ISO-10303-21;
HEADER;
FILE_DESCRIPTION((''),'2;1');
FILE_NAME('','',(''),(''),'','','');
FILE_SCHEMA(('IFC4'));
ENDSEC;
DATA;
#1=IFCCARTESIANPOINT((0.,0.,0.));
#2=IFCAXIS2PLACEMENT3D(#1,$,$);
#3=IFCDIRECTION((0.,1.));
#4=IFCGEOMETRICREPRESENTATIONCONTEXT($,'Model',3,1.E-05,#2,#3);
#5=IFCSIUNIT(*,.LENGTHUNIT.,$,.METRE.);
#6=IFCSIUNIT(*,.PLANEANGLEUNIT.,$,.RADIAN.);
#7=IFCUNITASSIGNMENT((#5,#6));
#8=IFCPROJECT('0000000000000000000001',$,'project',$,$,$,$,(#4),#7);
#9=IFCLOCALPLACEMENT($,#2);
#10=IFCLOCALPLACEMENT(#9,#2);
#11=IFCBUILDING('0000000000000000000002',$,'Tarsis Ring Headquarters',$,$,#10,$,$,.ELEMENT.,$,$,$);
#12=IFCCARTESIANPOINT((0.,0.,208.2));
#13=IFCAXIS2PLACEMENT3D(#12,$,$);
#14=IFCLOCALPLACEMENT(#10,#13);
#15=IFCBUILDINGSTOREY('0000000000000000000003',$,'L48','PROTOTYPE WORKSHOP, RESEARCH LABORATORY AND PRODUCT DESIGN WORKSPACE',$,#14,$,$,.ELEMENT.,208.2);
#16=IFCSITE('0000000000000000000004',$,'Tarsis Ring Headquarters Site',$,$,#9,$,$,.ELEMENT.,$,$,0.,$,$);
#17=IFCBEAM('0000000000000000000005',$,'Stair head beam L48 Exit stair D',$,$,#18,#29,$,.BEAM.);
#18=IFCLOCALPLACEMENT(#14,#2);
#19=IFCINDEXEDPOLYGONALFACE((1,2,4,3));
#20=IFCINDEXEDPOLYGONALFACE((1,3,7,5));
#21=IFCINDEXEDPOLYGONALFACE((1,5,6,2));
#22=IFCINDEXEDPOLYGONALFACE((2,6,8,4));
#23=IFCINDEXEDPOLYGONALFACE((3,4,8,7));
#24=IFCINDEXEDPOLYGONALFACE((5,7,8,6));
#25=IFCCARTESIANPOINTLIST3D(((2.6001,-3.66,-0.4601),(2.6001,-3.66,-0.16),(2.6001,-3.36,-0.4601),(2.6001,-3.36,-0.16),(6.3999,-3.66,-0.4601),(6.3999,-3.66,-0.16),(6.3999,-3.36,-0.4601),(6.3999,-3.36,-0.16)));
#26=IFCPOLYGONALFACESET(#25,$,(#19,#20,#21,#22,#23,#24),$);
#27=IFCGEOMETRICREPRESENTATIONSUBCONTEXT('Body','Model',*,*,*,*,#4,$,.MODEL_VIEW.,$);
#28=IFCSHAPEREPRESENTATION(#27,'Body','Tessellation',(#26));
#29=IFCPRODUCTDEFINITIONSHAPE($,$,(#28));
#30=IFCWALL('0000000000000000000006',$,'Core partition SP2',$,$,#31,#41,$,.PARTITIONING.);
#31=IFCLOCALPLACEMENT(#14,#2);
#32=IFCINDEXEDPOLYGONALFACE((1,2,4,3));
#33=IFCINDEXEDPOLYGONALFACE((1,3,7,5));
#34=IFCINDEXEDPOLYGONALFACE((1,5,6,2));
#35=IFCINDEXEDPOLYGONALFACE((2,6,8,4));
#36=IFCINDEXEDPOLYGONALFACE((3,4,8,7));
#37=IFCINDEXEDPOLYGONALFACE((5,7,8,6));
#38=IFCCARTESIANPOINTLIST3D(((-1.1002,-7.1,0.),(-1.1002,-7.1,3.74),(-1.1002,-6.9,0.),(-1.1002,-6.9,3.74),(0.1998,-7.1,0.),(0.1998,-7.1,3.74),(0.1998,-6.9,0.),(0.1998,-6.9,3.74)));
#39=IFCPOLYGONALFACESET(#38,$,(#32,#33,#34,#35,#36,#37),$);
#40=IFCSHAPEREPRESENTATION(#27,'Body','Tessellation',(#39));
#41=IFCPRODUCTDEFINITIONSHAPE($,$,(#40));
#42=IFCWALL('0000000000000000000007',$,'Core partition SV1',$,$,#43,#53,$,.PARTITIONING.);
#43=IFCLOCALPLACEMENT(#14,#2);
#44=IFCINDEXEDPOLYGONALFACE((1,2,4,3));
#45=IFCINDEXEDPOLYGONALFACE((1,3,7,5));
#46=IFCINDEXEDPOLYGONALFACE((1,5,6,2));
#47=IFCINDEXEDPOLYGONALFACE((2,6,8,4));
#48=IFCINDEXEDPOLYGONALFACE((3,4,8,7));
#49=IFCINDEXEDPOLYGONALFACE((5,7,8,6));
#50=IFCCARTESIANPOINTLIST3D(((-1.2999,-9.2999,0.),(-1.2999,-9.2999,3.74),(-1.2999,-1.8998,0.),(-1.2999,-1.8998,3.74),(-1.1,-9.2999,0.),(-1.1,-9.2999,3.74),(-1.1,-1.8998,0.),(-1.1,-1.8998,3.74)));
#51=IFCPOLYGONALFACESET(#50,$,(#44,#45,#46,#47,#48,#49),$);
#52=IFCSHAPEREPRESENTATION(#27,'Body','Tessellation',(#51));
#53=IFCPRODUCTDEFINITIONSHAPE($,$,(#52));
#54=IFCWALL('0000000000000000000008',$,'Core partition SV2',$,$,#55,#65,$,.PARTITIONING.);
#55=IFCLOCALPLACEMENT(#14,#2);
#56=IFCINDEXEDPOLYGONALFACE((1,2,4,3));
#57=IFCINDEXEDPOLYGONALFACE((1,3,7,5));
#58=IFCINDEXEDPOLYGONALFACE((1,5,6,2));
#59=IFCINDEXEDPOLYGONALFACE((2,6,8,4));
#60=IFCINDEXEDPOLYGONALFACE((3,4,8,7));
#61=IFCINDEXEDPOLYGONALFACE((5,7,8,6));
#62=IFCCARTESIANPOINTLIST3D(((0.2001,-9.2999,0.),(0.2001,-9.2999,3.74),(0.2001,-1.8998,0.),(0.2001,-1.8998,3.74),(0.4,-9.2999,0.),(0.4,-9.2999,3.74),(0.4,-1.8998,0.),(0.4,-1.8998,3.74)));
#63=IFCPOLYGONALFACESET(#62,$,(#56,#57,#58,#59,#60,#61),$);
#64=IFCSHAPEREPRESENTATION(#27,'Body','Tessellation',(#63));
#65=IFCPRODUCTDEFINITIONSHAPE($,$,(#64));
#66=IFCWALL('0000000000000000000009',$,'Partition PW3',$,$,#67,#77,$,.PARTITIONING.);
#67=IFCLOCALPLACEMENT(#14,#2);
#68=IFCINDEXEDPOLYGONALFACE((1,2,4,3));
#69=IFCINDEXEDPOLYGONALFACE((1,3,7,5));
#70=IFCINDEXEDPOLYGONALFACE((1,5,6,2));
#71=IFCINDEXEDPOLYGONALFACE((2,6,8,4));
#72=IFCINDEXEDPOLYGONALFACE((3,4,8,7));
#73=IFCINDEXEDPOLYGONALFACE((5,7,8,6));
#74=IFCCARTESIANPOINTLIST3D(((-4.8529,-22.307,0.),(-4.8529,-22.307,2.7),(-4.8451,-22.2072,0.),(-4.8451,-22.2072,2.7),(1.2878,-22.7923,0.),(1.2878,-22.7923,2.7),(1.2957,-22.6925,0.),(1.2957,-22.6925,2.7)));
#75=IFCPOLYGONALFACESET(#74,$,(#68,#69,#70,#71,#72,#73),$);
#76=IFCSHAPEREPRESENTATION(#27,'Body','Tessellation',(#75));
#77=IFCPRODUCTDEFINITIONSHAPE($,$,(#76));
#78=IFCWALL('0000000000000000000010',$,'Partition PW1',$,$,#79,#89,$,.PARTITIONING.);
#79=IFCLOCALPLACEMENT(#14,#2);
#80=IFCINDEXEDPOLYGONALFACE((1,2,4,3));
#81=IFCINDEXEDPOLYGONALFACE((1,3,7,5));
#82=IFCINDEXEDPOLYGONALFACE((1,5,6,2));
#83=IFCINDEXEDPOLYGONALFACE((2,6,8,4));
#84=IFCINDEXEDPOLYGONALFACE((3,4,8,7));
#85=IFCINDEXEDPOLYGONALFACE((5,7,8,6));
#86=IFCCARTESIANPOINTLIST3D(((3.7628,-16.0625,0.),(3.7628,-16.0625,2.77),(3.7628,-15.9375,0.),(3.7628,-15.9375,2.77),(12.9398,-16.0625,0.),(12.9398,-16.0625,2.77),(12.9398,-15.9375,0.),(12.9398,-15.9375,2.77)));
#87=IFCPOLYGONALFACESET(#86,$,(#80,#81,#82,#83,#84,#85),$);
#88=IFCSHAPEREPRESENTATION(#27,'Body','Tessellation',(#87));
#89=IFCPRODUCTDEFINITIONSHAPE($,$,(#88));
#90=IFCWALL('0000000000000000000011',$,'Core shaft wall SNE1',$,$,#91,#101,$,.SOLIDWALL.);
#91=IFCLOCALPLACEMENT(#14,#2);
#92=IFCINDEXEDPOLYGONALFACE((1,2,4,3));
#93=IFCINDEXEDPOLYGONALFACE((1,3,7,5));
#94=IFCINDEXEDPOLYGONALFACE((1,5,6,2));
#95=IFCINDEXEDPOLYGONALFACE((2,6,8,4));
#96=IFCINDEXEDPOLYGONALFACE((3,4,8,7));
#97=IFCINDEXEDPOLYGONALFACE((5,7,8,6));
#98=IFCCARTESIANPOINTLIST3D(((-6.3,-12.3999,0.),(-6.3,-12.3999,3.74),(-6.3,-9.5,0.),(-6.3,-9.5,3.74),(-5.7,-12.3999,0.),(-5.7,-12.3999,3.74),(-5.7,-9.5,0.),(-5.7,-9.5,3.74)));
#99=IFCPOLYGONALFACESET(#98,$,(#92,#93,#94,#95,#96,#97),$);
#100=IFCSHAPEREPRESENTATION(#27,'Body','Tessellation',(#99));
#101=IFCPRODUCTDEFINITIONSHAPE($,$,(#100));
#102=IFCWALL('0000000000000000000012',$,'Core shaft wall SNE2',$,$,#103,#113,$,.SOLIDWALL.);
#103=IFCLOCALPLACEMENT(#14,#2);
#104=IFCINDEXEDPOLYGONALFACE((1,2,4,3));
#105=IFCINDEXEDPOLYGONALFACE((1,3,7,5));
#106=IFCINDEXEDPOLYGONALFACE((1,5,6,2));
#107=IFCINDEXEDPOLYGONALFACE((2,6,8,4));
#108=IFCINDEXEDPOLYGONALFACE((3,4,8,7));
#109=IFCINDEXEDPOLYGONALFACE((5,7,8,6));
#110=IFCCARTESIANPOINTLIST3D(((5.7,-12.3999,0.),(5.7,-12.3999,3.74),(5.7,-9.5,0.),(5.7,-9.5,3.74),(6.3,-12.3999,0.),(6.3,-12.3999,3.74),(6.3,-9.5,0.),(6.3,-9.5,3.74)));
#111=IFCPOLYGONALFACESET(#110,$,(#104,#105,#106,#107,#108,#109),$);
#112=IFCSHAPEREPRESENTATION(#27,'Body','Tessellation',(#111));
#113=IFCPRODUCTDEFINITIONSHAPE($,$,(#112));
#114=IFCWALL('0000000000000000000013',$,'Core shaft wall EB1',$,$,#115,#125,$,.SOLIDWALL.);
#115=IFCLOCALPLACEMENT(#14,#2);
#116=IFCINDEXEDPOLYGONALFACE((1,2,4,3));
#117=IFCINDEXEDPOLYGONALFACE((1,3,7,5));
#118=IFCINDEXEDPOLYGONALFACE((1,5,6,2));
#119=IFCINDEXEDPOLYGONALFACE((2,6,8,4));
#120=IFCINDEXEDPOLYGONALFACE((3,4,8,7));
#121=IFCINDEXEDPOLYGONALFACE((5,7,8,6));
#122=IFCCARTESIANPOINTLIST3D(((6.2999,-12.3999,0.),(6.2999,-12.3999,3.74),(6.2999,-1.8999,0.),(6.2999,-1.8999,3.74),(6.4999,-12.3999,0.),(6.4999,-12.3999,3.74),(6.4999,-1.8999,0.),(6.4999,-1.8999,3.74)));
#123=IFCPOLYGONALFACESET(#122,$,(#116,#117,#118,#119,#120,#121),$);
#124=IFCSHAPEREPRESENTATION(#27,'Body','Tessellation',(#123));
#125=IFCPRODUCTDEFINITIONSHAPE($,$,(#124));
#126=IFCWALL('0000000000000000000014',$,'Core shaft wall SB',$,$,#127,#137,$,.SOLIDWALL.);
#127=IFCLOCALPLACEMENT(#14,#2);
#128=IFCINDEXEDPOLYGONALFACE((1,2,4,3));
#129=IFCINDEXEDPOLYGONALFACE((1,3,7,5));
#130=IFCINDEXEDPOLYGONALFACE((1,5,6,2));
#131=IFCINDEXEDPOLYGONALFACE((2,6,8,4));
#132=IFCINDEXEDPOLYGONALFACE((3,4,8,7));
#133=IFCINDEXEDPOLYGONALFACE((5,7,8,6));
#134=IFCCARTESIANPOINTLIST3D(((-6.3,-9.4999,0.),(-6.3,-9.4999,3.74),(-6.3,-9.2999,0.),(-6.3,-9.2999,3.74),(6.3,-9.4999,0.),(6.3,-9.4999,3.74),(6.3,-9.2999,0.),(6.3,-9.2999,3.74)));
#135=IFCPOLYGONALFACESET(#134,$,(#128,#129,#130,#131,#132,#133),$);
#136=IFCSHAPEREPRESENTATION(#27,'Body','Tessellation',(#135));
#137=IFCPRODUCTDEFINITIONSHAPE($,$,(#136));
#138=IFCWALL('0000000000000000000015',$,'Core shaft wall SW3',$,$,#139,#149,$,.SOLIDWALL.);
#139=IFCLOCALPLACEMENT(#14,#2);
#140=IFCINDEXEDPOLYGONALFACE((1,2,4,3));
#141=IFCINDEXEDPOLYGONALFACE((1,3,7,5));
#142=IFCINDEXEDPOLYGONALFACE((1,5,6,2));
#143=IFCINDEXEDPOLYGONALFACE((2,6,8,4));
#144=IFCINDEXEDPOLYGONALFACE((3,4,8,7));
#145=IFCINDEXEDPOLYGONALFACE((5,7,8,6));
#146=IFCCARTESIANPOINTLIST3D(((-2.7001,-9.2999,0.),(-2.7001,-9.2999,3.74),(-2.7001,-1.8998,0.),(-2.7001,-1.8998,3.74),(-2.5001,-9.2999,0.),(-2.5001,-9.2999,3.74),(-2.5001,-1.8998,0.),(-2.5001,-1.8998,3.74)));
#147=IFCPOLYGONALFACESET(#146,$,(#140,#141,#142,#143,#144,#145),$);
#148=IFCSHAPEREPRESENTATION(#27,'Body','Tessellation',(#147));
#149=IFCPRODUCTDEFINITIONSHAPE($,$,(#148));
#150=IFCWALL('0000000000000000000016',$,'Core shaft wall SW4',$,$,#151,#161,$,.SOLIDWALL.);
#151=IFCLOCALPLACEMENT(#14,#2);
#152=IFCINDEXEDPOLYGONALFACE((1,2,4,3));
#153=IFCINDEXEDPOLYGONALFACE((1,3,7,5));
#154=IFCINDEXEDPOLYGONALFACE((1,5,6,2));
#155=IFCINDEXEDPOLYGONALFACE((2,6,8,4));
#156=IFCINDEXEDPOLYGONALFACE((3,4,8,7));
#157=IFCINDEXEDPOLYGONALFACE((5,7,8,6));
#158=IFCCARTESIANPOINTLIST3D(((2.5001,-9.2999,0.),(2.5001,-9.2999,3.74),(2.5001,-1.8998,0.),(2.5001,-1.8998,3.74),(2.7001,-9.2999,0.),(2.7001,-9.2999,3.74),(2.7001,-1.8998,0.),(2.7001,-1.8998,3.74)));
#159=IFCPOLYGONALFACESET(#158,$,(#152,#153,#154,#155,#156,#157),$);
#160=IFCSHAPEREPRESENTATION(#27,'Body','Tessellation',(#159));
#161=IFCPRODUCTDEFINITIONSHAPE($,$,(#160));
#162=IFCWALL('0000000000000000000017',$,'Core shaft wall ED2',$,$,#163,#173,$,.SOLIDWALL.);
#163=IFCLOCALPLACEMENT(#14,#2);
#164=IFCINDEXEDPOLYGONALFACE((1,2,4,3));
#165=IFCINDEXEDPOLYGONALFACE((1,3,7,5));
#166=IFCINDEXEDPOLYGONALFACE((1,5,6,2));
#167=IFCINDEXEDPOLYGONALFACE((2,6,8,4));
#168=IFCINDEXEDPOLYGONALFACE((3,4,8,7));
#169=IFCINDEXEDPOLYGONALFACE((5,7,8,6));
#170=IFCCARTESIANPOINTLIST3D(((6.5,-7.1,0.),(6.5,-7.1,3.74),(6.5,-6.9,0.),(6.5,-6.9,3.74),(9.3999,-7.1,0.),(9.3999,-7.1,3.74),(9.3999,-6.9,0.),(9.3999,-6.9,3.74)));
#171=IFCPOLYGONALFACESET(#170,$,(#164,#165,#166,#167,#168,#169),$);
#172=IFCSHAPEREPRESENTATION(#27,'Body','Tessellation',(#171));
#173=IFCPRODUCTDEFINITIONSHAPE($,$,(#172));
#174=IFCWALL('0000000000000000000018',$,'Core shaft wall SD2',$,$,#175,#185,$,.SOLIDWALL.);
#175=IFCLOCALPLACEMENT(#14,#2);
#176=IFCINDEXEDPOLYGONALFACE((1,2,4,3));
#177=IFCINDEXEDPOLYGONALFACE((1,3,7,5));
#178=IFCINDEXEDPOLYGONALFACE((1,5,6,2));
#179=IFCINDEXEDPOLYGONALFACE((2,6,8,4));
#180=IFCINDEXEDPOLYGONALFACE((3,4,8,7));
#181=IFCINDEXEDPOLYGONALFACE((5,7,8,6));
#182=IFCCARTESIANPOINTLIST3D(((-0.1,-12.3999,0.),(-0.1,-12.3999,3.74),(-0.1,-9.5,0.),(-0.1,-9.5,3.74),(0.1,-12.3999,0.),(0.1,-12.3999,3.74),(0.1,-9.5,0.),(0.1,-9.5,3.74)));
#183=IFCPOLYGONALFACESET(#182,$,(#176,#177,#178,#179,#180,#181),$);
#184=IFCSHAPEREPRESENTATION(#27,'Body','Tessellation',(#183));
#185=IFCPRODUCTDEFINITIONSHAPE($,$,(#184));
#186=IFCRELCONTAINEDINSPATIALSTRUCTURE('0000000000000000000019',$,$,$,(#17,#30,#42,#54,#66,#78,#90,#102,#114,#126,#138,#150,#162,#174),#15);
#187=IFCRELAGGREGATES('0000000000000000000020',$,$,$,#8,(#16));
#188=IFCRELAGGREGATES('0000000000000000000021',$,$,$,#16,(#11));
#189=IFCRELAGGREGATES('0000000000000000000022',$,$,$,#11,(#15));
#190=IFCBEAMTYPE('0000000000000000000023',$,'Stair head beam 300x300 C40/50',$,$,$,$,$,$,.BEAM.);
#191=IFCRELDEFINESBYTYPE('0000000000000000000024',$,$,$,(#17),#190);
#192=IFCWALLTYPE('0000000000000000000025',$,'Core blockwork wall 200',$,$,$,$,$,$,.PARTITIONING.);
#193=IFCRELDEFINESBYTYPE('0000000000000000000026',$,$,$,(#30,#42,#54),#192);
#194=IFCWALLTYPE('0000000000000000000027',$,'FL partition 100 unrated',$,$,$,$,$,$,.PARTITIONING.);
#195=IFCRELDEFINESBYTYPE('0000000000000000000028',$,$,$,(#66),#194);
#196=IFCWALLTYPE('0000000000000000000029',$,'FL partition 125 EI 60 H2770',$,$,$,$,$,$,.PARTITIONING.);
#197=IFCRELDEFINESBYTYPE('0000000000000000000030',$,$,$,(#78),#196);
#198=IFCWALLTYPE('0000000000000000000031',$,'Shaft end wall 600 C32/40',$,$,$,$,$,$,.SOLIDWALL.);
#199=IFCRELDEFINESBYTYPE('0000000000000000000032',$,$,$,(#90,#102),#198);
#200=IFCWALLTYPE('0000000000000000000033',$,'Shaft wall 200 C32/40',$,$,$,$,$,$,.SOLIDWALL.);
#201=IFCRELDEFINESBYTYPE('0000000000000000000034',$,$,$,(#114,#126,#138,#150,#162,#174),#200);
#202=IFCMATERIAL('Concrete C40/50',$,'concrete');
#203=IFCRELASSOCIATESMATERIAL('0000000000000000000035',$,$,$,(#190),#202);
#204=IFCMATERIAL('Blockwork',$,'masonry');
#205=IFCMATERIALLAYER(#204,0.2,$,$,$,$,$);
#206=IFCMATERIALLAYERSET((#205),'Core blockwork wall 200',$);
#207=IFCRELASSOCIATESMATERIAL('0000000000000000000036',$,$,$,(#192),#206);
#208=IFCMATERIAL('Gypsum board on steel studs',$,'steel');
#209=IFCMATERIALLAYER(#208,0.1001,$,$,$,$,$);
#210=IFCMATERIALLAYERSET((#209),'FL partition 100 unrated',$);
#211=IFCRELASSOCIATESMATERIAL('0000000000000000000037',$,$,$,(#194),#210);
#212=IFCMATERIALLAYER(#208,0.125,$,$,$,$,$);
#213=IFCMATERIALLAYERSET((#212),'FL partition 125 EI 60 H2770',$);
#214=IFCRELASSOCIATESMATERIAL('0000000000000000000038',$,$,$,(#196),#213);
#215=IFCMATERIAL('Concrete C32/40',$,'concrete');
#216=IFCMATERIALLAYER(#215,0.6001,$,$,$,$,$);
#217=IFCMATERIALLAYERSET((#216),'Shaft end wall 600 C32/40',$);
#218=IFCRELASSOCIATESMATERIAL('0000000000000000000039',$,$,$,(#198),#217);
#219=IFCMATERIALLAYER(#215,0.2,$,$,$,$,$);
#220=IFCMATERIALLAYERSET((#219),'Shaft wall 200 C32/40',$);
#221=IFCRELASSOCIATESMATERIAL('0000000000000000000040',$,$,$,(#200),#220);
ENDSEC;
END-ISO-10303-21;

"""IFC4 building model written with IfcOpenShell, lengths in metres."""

from ifc_helpers import new_model, si_unit, direction, frame, frame_2d, origin, origin_2d, place, context, subcontext, project, spatial, rectangle, extrude, material, layer, layer_set, material_profile, profile_set, type_object, element, save


model = new_model("IFC4")

# Units and contexts
model_context = context("Model", 3, precision=1e-05, world=origin(), true_north=direction((0.0, 1.0)))
body_context = subcontext(model_context, "Body", "Model", "MODEL_VIEW")
ifc_project = project(units=[si_unit("LENGTHUNIT", "METRE"), si_unit("PLANEANGLEUNIT", "RADIAN")], contexts=[model_context])

# Site, building, storey
site_placement = place(None, origin())
site = spatial("IfcSite", under=ifc_project, at=site_placement, Name="Tarsis Ring Headquarters Site", CompositionType="ELEMENT", RefElevation=0.0)
building_placement = place(site_placement, origin())
building = spatial("IfcBuilding", under=site, at=building_placement, Name="Tarsis Ring Headquarters", CompositionType="ELEMENT")
storey_placement = place(building_placement, frame((0.0, 0.0, 208.2)))
storey = spatial("IfcBuildingStorey", under=building, at=storey_placement, Name="L48", Description="PROTOTYPE WORKSHOP, RESEARCH LABORATORY AND PRODUCT DESIGN WORKSPACE", CompositionType="ELEMENT", Elevation=208.2)

# Beam
ifc_material_1 = material(Name="Concrete C40/50", Category="concrete")
ifc_material_profile = material_profile(ifc_material_1, rectangle(XDim=0.3, YDim=0.3, at=origin_2d()), Name="Stair head beam 300x300 C40/50")
ifc_profile_set = profile_set([ifc_material_profile], Name="Concrete C40/50")
beam_type = type_object("IfcBeamType", Name="Stair head beam 300x300 C40/50", PredefinedType="BEAM", material=ifc_profile_set)
beam_placement = place(storey_placement, frame((2.6001, -3.51, -0.3101), z_axis=(1.0, 0.0, 0.0), x_axis=(0.0, 1.0, 0.0)))
element("IfcBeam", 1, at=beam_placement, inside=storey, type_object=beam_type, Name="Stair head beam L48 Exit stair D", PredefinedType="BEAM", context=body_context, shape_type="SweptSolid", body=[
    extrude(rectangle(XDim=0.3, YDim=0.3, at=origin_2d()), origin(), (0.0, 0.0, 1.0), 3.7998),
])

# Walls
ifc_material_2 = material(Name="Blockwork", Category="masonry")
ifc_layer_1 = layer(ifc_material_2, 0.2)
ifc_layer_set_1 = layer_set([ifc_layer_1], Name="Core blockwork wall 200")
wall_type_1 = type_object("IfcWallType", Name="Core blockwork wall 200", PredefinedType="PARTITIONING", material=ifc_layer_set_1)
wall_1_placement = place(storey_placement, frame((-1.1001, -7.0, 0.0), z_axis=(0.0, 0.0, 1.0), x_axis=(1.0, 0.0, 0.0)))
element("IfcWall", 2, at=wall_1_placement, inside=storey, type_object=wall_type_1, Name="Core partition SP2", PredefinedType="PARTITIONING", context=body_context, shape_type="SweptSolid", body=[
    extrude(rectangle(XDim=1.3, YDim=0.2, at=frame_2d((0.6499, 0.0))), origin(), (0.0, 0.0, 1.0), 3.74),
])
for number, where, z_axis, x_axis, name in (
    (3, (-1.2, -9.3, 0.0), (0.0, 0.0, 1.0), (0.0, 1.0, 0.0), "Core partition SV1"),
    (4, (0.3, -9.3, 0.0), (0.0, 0.0, 1.0), (0.0, 1.0, 0.0), "Core partition SV2"),
):
    element("IfcWall", number, at=place(storey_placement, frame(where, z_axis=z_axis, x_axis=x_axis)), inside=storey, type_object=wall_type_1, Name=name, PredefinedType="PARTITIONING", context=body_context, shape_type="SweptSolid", body=[
        extrude(rectangle(XDim=7.4001, YDim=0.2, at=frame_2d((3.7002, 0.0))), origin(), (0.0, 0.0, 1.0), 3.74),
    ])
ifc_material_3 = material(Name="Gypsum board on steel studs", Category="steel")
ifc_layer_2 = layer(ifc_material_3, 0.1001)
ifc_layer_set_2 = layer_set([ifc_layer_2], Name="FL partition 100 unrated")
wall_type_2 = type_object("IfcWallType", Name="FL partition 100 unrated", PredefinedType="PARTITIONING", material=ifc_layer_set_2)
wall_2_placement = place(storey_placement, frame((-4.8491, -22.2571, 0.0), z_axis=(0.0, 0.0, 1.0), x_axis=(0.996891, -0.078791, 0.0)))
element("IfcWall", 5, at=wall_2_placement, inside=storey, type_object=wall_type_2, Name="Partition PW3", PredefinedType="PARTITIONING", context=body_context, shape_type="SweptSolid", body=[
    extrude(rectangle(XDim=6.1599, YDim=0.1001, at=frame_2d((3.0801, 0.0))), origin(), (0.0, 0.0, 1.0), 2.7),
])
ifc_layer_3 = layer(ifc_material_3, 0.125)
ifc_layer_set_3 = layer_set([ifc_layer_3], Name="FL partition 125 EI 60 H2770")
wall_type_3 = type_object("IfcWallType", Name="FL partition 125 EI 60 H2770", PredefinedType="PARTITIONING", material=ifc_layer_set_3)
wall_3_placement = place(storey_placement, frame((3.7629, -16.0, 0.0), z_axis=(0.0, 0.0, 1.0), x_axis=(1.0, 0.0, 0.0)))
element("IfcWall", 6, at=wall_3_placement, inside=storey, type_object=wall_type_3, Name="Partition PW1", PredefinedType="PARTITIONING", context=body_context, shape_type="SweptSolid", body=[
    extrude(rectangle(XDim=9.177, YDim=0.125, at=frame_2d((4.5884, 0.0))), origin(), (0.0, 0.0, 1.0), 2.77),
])
ifc_material_4 = material(Name="Concrete C32/40", Category="concrete")
ifc_layer_4 = layer(ifc_material_4, 0.6001)
ifc_layer_set_4 = layer_set([ifc_layer_4], Name="Shaft end wall 600 C32/40")
wall_type_4 = type_object("IfcWallType", Name="Shaft end wall 600 C32/40", PredefinedType="SOLIDWALL", material=ifc_layer_set_4)
for number, where, z_axis, x_axis, name in (
    (7, (-6.0, -12.3999, 0.0), (0.0, 0.0, 1.0), (0.0, 1.0, 0.0), "Core shaft wall SNE1"),
    (8, (6.0, -12.3999, 0.0), (0.0, 0.0, 1.0), (0.0, 1.0, 0.0), "Core shaft wall SNE2"),
):
    element("IfcWall", number, at=place(storey_placement, frame(where, z_axis=z_axis, x_axis=x_axis)), inside=storey, type_object=wall_type_4, Name=name, PredefinedType="SOLIDWALL", context=body_context, shape_type="SweptSolid", body=[
        extrude(rectangle(XDim=2.8999, YDim=0.6001, at=frame_2d((1.45, 0.0))), origin(), (0.0, 0.0, 1.0), 3.74),
    ])
ifc_layer_5 = layer(ifc_material_4, 0.2)
ifc_layer_set_5 = layer_set([ifc_layer_5], Name="Shaft wall 200 C32/40")
wall_type_5 = type_object("IfcWallType", Name="Shaft wall 200 C32/40", PredefinedType="SOLIDWALL", material=ifc_layer_set_5)
wall_4_placement = place(storey_placement, frame((6.3999, -12.3999, 0.0), z_axis=(0.0, 0.0, 1.0), x_axis=(0.0, 1.0, 0.0)))
element("IfcWall", 9, at=wall_4_placement, inside=storey, type_object=wall_type_5, Name="Core shaft wall EB1", PredefinedType="SOLIDWALL", context=body_context, shape_type="SweptSolid", body=[
    extrude(rectangle(XDim=10.5, YDim=0.2, at=frame_2d((5.25, 0.0))), origin(), (0.0, 0.0, 1.0), 3.74),
])
wall_5_placement = place(storey_placement, frame((-6.3, -9.3999, 0.0), z_axis=(0.0, 0.0, 1.0), x_axis=(1.0, 0.0, 0.0)))
element("IfcWall", 10, at=wall_5_placement, inside=storey, type_object=wall_type_5, Name="Core shaft wall SB", PredefinedType="SOLIDWALL", context=body_context, shape_type="SweptSolid", body=[
    extrude(rectangle(XDim=12.6001, YDim=0.2, at=frame_2d((6.3, 0.0))), origin(), (0.0, 0.0, 1.0), 3.74),
])
for number, where, z_axis, x_axis, name in (
    (11, (-2.6001, -9.3, 0.0), (0.0, 0.0, 1.0), (0.0, 1.0, 0.0), "Core shaft wall SW3"),
    (12, (2.6001, -9.3, 0.0), (0.0, 0.0, 1.0), (0.0, 1.0, 0.0), "Core shaft wall SW4"),
):
    element("IfcWall", number, at=place(storey_placement, frame(where, z_axis=z_axis, x_axis=x_axis)), inside=storey, type_object=wall_type_5, Name=name, PredefinedType="SOLIDWALL", context=body_context, shape_type="SweptSolid", body=[
        extrude(rectangle(XDim=7.4001, YDim=0.2, at=frame_2d((3.7002, 0.0))), origin(), (0.0, 0.0, 1.0), 3.74),
    ])
for number, where, z_axis, x_axis, name in (
    (13, (6.5, -7.0, 0.0), (0.0, 0.0, 1.0), (1.0, 0.0, 0.0), "Core shaft wall ED2"),
    (14, (0.0, -12.3999, 0.0), (0.0, 0.0, 1.0), (0.0, 1.0, 0.0), "Core shaft wall SD2"),
):
    element("IfcWall", number, at=place(storey_placement, frame(where, z_axis=z_axis, x_axis=x_axis)), inside=storey, type_object=wall_type_5, Name=name, PredefinedType="SOLIDWALL", context=body_context, shape_type="SweptSolid", body=[
        extrude(rectangle(XDim=2.8999, YDim=0.2, at=frame_2d((1.45, 0.0))), origin(), (0.0, 0.0, 1.0), 3.74),
    ])

save(model, "model.ifc")
